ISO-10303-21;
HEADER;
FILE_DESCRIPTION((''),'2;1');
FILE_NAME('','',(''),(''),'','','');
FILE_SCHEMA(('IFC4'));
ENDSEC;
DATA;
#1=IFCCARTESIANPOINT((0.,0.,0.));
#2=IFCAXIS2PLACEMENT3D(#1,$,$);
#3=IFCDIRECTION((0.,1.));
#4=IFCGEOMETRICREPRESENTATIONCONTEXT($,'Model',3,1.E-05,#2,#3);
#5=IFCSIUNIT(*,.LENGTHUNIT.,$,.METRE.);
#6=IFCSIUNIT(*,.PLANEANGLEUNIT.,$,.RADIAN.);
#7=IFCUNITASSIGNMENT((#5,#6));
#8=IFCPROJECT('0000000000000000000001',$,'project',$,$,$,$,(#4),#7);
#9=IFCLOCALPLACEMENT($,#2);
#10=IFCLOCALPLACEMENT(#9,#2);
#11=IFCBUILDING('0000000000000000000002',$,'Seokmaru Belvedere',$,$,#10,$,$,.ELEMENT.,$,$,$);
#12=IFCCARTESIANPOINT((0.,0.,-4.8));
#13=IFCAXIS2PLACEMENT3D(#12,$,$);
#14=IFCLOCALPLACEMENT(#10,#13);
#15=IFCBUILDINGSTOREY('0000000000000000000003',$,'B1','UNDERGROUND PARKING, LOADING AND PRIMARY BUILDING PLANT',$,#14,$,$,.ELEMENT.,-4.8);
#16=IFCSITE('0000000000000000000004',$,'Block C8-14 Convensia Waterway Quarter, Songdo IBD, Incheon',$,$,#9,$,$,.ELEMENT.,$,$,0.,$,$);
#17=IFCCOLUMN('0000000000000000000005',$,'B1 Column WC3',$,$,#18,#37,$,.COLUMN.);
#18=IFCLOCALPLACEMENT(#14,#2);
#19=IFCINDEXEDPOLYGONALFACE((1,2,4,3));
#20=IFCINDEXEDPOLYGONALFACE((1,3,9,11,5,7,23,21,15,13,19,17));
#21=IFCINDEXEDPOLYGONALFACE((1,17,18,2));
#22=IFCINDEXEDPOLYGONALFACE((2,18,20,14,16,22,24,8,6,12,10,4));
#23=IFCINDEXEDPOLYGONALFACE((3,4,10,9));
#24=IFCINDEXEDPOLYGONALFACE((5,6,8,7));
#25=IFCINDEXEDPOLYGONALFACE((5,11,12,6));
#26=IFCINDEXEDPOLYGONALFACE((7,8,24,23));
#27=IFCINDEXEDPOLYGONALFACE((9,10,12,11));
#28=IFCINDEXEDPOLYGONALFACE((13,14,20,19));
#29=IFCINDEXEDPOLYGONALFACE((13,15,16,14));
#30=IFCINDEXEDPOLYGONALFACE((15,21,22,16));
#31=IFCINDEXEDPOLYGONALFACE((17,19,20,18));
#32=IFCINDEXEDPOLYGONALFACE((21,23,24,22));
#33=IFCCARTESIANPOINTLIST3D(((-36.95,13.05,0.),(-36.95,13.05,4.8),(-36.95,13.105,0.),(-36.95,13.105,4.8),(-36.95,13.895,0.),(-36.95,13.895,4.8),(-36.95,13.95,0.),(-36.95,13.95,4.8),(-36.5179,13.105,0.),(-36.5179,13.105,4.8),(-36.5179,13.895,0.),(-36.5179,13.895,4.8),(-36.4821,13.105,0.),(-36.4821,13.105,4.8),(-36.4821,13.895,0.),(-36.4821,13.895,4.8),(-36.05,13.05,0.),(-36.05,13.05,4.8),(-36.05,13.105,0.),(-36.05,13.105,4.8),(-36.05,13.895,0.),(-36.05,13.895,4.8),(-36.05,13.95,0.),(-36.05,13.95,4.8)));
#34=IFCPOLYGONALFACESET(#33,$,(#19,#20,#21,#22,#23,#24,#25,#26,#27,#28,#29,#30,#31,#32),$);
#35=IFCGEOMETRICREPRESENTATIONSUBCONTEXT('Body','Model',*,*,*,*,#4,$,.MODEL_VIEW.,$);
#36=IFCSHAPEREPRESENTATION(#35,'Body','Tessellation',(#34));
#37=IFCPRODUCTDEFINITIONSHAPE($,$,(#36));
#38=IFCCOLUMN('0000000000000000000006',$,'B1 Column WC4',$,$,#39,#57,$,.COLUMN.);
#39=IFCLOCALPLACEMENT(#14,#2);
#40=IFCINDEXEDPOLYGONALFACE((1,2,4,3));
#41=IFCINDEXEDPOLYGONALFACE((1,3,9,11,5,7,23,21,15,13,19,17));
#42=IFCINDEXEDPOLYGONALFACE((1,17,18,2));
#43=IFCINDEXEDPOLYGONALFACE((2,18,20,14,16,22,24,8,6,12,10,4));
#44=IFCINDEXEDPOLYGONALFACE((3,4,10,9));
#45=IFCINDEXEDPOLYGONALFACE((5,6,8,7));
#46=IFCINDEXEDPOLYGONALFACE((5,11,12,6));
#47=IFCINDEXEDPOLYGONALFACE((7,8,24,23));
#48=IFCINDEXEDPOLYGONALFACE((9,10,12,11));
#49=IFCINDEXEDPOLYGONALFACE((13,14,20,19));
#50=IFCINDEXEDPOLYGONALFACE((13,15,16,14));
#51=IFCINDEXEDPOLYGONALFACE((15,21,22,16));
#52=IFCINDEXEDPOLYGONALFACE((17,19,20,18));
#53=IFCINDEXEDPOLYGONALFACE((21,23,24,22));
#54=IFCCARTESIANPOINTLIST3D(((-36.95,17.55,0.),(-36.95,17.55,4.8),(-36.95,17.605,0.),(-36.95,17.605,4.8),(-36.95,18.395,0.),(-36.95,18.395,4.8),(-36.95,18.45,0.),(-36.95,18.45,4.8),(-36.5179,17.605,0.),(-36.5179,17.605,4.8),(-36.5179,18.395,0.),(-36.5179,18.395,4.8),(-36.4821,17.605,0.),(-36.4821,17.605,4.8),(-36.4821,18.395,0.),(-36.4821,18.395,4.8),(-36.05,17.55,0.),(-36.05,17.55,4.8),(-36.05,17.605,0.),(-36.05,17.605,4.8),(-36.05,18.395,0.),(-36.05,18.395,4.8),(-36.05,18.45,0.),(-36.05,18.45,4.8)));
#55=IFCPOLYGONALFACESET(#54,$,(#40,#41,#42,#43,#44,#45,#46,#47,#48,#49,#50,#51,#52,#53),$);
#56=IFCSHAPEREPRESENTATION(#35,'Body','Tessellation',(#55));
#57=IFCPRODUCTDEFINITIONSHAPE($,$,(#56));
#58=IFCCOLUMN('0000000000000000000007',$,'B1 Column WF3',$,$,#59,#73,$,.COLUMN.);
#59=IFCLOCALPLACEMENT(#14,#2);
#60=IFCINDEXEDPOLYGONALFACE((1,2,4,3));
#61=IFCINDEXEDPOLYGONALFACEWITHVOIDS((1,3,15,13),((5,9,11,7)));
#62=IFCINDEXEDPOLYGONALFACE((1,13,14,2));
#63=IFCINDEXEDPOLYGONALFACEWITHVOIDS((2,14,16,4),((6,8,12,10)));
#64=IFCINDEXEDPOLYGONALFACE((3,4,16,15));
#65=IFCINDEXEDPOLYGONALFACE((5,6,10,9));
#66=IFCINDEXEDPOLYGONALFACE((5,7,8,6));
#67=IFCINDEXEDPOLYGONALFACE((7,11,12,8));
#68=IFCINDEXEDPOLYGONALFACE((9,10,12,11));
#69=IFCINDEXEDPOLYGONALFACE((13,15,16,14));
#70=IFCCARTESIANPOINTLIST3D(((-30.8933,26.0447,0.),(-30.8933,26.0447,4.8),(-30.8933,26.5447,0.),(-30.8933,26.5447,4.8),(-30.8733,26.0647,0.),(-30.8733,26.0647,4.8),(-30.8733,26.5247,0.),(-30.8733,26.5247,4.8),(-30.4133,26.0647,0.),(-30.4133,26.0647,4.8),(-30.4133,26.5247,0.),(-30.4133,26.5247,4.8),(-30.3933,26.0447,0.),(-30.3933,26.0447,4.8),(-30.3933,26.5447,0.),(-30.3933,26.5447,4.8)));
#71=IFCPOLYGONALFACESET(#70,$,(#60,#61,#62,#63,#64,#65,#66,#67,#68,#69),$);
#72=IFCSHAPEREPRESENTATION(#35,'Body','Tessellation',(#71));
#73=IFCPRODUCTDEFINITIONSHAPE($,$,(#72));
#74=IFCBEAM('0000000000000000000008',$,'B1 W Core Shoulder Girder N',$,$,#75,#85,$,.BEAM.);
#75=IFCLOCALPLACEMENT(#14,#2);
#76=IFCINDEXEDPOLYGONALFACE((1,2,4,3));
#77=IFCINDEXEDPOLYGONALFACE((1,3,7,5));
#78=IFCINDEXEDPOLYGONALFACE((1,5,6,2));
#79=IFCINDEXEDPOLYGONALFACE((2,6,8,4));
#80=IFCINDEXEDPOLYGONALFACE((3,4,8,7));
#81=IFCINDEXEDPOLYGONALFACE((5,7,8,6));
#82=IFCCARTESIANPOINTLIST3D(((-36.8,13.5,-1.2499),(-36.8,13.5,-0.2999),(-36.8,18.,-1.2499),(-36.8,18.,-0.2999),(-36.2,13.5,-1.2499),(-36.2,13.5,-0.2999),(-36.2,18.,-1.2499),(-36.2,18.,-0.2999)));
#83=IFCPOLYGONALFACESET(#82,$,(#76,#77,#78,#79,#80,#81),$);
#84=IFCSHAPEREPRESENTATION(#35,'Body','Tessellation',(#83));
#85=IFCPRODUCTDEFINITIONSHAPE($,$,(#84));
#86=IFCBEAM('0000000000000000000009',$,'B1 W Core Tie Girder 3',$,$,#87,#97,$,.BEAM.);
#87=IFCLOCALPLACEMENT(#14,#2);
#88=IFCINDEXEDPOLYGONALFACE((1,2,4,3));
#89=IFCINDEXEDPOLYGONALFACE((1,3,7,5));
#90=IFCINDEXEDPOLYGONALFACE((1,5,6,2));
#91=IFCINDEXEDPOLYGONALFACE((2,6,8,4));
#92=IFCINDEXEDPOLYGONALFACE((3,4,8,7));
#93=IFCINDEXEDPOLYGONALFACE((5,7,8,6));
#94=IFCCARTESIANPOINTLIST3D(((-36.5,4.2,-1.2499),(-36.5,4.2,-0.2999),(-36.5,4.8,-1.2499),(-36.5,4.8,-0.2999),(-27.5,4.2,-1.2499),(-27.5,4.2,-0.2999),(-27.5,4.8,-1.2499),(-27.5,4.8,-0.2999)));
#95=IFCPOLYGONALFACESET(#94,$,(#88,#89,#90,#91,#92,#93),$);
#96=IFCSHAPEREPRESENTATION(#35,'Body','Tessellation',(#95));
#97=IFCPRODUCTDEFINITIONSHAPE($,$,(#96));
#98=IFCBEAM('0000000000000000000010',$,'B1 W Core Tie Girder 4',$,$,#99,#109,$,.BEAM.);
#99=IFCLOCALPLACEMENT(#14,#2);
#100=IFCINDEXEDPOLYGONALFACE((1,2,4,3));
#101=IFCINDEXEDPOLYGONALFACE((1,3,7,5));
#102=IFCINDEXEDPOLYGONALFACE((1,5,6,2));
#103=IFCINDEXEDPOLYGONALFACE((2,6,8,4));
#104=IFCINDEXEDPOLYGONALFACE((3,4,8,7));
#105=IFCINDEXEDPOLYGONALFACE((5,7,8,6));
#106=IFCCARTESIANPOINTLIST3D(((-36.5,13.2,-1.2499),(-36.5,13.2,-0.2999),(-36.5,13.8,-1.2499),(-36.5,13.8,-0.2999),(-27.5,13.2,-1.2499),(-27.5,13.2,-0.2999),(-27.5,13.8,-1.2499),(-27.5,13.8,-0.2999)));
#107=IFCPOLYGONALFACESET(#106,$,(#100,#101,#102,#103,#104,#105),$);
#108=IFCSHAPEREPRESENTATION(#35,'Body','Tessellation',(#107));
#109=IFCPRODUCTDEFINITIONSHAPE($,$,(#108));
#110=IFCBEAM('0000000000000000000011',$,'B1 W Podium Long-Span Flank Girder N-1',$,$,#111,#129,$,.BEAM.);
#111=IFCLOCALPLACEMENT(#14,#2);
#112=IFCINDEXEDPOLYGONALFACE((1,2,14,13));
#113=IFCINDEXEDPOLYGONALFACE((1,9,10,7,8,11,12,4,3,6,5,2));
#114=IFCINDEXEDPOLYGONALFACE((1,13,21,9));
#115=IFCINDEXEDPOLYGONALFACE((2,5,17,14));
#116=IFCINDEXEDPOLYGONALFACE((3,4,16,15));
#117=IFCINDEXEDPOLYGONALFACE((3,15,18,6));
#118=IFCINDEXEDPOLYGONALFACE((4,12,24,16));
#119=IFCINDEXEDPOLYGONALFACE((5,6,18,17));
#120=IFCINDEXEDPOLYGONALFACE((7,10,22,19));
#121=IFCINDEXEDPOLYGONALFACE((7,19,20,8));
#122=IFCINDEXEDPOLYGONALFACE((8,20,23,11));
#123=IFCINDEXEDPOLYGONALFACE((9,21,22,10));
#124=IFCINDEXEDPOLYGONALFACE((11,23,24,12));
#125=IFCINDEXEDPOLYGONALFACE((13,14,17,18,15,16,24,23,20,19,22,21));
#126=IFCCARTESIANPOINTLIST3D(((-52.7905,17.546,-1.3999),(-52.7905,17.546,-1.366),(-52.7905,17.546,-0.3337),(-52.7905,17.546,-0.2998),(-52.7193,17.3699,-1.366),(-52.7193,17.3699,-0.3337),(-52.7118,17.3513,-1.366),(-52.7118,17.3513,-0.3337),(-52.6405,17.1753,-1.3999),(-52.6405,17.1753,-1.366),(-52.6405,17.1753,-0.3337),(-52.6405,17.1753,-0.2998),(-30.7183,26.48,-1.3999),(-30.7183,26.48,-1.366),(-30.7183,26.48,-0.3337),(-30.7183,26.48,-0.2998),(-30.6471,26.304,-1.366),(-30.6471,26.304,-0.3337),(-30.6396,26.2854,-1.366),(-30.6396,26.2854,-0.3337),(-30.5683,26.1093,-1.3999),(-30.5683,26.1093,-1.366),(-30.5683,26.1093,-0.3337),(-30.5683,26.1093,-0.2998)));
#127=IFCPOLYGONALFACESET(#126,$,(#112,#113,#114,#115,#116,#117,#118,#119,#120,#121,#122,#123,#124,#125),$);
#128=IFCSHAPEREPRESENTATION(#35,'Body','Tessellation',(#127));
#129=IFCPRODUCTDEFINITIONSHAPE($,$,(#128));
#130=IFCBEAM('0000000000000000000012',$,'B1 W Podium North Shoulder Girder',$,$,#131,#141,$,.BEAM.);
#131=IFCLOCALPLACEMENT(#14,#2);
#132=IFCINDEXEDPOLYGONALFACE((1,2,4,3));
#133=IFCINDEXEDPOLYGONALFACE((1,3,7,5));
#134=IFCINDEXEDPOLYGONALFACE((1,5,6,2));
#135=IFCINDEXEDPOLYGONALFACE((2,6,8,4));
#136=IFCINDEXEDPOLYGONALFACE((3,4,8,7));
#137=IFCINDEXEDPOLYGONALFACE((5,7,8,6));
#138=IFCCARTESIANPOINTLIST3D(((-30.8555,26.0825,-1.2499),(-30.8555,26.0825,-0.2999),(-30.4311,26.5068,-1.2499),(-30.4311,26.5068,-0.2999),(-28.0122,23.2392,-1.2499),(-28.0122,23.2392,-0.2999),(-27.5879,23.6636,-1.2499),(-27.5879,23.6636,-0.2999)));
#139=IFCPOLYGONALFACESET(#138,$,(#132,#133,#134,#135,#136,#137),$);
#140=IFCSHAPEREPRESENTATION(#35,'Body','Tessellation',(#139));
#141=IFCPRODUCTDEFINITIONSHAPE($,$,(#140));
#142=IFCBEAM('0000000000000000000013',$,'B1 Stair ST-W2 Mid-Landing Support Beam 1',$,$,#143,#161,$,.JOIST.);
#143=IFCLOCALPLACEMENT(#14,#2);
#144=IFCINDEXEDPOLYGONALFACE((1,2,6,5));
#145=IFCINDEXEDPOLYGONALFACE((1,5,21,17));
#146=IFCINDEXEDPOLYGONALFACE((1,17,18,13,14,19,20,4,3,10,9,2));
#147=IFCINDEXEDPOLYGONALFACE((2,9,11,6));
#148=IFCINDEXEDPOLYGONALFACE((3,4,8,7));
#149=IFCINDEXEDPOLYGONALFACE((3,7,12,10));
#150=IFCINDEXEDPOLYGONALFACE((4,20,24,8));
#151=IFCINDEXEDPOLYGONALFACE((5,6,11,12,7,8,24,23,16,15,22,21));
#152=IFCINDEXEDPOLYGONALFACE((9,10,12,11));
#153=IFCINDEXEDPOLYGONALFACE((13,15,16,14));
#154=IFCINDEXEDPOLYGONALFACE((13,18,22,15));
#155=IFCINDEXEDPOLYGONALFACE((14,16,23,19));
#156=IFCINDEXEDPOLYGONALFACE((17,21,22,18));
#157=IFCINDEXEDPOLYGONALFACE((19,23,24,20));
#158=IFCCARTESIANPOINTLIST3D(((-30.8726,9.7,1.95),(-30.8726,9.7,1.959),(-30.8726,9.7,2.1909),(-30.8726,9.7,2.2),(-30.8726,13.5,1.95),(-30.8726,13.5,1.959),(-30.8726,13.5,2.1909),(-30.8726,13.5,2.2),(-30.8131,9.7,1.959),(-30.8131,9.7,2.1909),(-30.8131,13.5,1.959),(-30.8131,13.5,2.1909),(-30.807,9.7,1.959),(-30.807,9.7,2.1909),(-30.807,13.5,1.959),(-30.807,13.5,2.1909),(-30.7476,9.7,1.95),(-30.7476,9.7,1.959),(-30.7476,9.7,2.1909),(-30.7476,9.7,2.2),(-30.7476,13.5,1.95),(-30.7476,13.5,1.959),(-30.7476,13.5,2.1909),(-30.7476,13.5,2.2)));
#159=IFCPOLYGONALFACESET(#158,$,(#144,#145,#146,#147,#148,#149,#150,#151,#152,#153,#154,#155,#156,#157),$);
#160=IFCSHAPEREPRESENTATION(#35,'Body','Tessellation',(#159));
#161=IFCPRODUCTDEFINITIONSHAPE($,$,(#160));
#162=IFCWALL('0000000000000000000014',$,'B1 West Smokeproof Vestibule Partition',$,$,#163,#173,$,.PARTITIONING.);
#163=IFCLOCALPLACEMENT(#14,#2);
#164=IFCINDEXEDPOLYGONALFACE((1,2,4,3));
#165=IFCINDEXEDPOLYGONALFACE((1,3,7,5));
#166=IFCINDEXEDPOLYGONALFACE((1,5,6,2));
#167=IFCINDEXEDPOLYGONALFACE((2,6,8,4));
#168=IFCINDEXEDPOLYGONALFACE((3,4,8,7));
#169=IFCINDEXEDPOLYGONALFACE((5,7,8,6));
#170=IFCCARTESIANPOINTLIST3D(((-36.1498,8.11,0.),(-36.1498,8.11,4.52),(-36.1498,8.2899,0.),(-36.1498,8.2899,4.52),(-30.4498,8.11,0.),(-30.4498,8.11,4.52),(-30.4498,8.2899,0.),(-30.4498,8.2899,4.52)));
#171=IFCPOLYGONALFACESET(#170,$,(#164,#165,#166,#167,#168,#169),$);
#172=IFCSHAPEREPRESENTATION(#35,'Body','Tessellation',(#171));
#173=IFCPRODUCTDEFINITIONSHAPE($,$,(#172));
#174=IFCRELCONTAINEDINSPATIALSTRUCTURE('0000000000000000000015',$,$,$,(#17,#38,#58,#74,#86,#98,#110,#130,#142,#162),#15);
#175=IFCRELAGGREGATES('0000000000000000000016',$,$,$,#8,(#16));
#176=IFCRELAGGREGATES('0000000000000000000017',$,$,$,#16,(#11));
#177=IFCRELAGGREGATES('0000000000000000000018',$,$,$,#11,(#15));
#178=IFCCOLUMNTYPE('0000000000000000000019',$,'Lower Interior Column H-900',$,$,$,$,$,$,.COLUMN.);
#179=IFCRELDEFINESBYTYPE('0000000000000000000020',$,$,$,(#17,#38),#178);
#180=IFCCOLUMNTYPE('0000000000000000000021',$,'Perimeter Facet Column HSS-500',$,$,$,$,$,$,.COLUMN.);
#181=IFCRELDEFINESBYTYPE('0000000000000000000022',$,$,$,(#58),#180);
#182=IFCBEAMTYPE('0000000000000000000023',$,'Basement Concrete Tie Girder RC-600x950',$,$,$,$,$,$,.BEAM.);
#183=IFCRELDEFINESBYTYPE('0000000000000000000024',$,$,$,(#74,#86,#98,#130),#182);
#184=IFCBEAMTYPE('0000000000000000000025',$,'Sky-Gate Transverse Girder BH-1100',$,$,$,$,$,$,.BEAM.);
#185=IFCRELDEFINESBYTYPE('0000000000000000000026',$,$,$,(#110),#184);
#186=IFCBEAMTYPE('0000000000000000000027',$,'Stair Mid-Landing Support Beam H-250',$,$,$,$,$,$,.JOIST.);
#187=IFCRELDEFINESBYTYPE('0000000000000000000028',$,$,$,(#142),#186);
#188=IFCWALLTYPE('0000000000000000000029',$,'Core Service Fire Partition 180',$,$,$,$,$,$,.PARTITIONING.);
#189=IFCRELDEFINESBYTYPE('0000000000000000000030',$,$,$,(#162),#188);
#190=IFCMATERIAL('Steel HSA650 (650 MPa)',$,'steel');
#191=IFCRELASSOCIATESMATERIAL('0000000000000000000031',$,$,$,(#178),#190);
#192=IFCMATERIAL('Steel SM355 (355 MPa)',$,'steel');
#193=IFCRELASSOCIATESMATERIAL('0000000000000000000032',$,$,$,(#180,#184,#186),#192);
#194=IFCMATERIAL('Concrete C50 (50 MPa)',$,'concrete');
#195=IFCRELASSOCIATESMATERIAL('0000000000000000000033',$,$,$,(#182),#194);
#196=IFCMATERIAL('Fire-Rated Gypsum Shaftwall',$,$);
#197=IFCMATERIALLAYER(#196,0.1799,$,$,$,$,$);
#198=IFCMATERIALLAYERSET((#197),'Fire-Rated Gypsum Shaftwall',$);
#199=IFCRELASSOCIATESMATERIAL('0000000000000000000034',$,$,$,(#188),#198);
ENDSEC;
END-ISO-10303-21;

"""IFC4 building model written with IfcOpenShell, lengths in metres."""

from ifc_helpers import new_model, si_unit, direction, frame, frame_2d, origin, origin_2d, place, context, subcontext, project, spatial, rectangle, hollow_rectangle, i_section, extrude, source, transform, mapped, material, layer, layer_set, material_profile, profile_set, type_object, type_shapes, element, save


model = new_model("IFC4")

# Units and contexts
model_context = context("Model", 3, precision=1e-05, world=origin(), true_north=direction((0.0, 1.0)))
body_context = subcontext(model_context, "Body", "Model", "MODEL_VIEW")
ifc_project = project(units=[si_unit("LENGTHUNIT", "METRE"), si_unit("PLANEANGLEUNIT", "RADIAN")], contexts=[model_context])

# Site, building, storey
site_placement = place(None, origin())
site = spatial("IfcSite", under=ifc_project, at=site_placement, Name="Block C8-14 Convensia Waterway Quarter, Songdo IBD, Incheon", CompositionType="ELEMENT", RefElevation=0.0)
building_placement = place(site_placement, origin())
building = spatial("IfcBuilding", under=site, at=building_placement, Name="Seokmaru Belvedere", CompositionType="ELEMENT")
storey_placement = place(building_placement, frame((0.0, 0.0, -4.8)))
storey = spatial("IfcBuildingStorey", under=building, at=storey_placement, Name="B1", Description="UNDERGROUND PARKING, LOADING AND PRIMARY BUILDING PLANT", CompositionType="ELEMENT", Elevation=-4.8)

# Columns
ifc_material_1 = material(Name="Steel HSA650 (650 MPa)", Category="steel")
ifc_material_profile_1 = material_profile(ifc_material_1, i_section(OverallWidth=0.8999, OverallDepth=0.8999, WebThickness=0.0359, FlangeThickness=0.0549, at=origin_2d()), Name="H-900x900x36x55")
ifc_profile_set_1 = profile_set([ifc_material_profile_1], Name="Steel HSA650 (650 MPa)")
column_type_1 = type_object("IfcColumnType", Name="Lower Interior Column H-900", PredefinedType="COLUMN", material=ifc_profile_set_1)
shared_shape_1 = source(origin(), body_context, "Body", "SweptSolid", [
    extrude(i_section(OverallWidth=0.8999, OverallDepth=0.8999, WebThickness=0.0359, FlangeThickness=0.0549, at=origin_2d()), origin(), (0.0, 0.0, 1.0), 4.8),
])
type_shapes(column_type_1, [shared_shape_1])
for number, where, z_axis, x_axis, name in (
    (1, (-36.5, 13.5, 0.0), (0.0, 0.0, 1.0), (1.0, 0.0, 0.0), "B1 Column WC3"),
    (2, (-36.5, 18.0, 0.0), (0.0, 0.0, 1.0), (1.0, 0.0, 0.0), "B1 Column WC4"),
):
    element("IfcColumn", number, at=place(storey_placement, frame(where, z_axis=z_axis, x_axis=x_axis)), inside=storey, type_object=column_type_1, Name=name, PredefinedType="COLUMN", context=body_context, shape_type="MappedRepresentation", body=[
        mapped(shared_shape_1, transform((0.0, 0.0, 0.0), scale=1.0)),
    ])
ifc_material_2 = material(Name="Steel SM355 (355 MPa)", Category="steel")
ifc_material_profile_2 = material_profile(ifc_material_2, hollow_rectangle(XDim=0.5, YDim=0.5, WallThickness=0.02, at=origin_2d()), Name="HSS-500x500x20")
ifc_profile_set_2 = profile_set([ifc_material_profile_2], Name="Steel SM355 (355 MPa)")
column_type_2 = type_object("IfcColumnType", Name="Perimeter Facet Column HSS-500", PredefinedType="COLUMN", material=ifc_profile_set_2)
shared_shape_2 = source(origin(), body_context, "Body", "SweptSolid", [
    extrude(hollow_rectangle(XDim=0.5, YDim=0.5, WallThickness=0.02, at=origin_2d()), origin(), (0.0, 0.0, 1.0), 4.8),
])
type_shapes(column_type_2, [shared_shape_2])
column_placement = place(storey_placement, frame((-30.6433, 26.2947, 0.0), z_axis=(0.0, 0.0, 1.0), x_axis=(1.0, 0.0, 0.0)))
element("IfcColumn", 3, at=column_placement, inside=storey, type_object=column_type_2, Name="B1 Column WF3", PredefinedType="COLUMN", context=body_context, shape_type="MappedRepresentation", body=[
    mapped(shared_shape_2, transform((0.0, 0.0, 0.0), scale=1.0)),
])

# Beams
ifc_material_3 = material(Name="Concrete C50 (50 MPa)", Category="concrete")
ifc_material_profile_3 = material_profile(ifc_material_3, rectangle(XDim=0.6001, YDim=0.95, at=origin_2d()), Name="RC-600x950")
ifc_profile_set_3 = profile_set([ifc_material_profile_3], Name="Concrete C50 (50 MPa)")
beam_type_1 = type_object("IfcBeamType", Name="Basement Concrete Tie Girder RC-600x950", PredefinedType="BEAM", material=ifc_profile_set_3)
shared_shape_3 = source(origin(), body_context, "Body", "SweptSolid", [
    extrude(rectangle(XDim=0.6001, YDim=0.95, at=origin_2d()), origin(), (0.0, 0.0, 1.0), 4.5),
])
beam_1_placement = place(storey_placement, frame((-36.5, 13.5, -0.7749), z_axis=(0.0, 1.0, 0.0), x_axis=(-1.0, 0.0, 0.0)))
element("IfcBeam", 4, at=beam_1_placement, inside=storey, type_object=beam_type_1, Name="B1 W Core Shoulder Girder N", PredefinedType="BEAM", context=body_context, shape_type="MappedRepresentation", body=[
    mapped(shared_shape_3, transform((0.0, 0.0, 0.0), scale=1.0)),
])
shared_shape_4 = source(origin(), body_context, "Body", "SweptSolid", [
    extrude(rectangle(XDim=0.6001, YDim=0.95, at=origin_2d()), origin(), (0.0, 0.0, 1.0), 9.0),
])
for number, where, z_axis, x_axis, name in (
    (5, (-36.5, 4.5, -0.7749), (1.0, 0.0, 0.0), (0.0, 1.0, 0.0), "B1 W Core Tie Girder 3"),
    (6, (-36.5, 13.5, -0.7749), (1.0, 0.0, 0.0), (0.0, 1.0, 0.0), "B1 W Core Tie Girder 4"),
):
    element("IfcBeam", number, at=place(storey_placement, frame(where, z_axis=z_axis, x_axis=x_axis)), inside=storey, type_object=beam_type_1, Name=name, PredefinedType="BEAM", context=body_context, shape_type="MappedRepresentation", body=[
        mapped(shared_shape_4, transform((0.0, 0.0, 0.0), scale=1.0)),
    ])
ifc_material_profile_4 = material_profile(ifc_material_2, i_section(OverallWidth=0.3999, OverallDepth=1.1001, WebThickness=0.02, FlangeThickness=0.0339, at=origin_2d()), Name="BH-1100x400x20x34")
ifc_profile_set_4 = profile_set([ifc_material_profile_4], Name="Steel SM355 (355 MPa)")
beam_type_2 = type_object("IfcBeamType", Name="Sky-Gate Transverse Girder BH-1100", PredefinedType="BEAM", material=ifc_profile_set_4)
shared_shape_5 = source(origin(), body_context, "Body", "SweptSolid", [
    extrude(i_section(OverallWidth=0.3999, OverallDepth=1.1001, WebThickness=0.02, FlangeThickness=0.0339, at=origin_2d()), origin(), (0.0, 0.0, 1.0), 23.8118),
])
type_shapes(beam_type_2, [shared_shape_5])
beam_2_placement = place(storey_placement, frame((-30.6433, 26.2947, -0.8499), z_axis=(-0.926946, -0.375195, 0.0), x_axis=(0.375195, -0.926946, 0.0)))
element("IfcBeam", 7, at=beam_2_placement, inside=storey, type_object=beam_type_2, Name="B1 W Podium Long-Span Flank Girder N-1", PredefinedType="BEAM", context=body_context, shape_type="MappedRepresentation", body=[
    mapped(shared_shape_5, transform((0.0, 0.0, 0.0), scale=1.0)),
])
shared_shape_6 = source(origin(), body_context, "Body", "SweptSolid", [
    extrude(rectangle(XDim=0.6001, YDim=0.95, at=origin_2d()), origin(), (0.0, 0.0, 1.0), 4.021),
])
type_shapes(beam_type_1, [shared_shape_3, shared_shape_4, shared_shape_6])
beam_3_placement = place(storey_placement, frame((-30.6433, 26.2947, -0.7749), z_axis=(0.707107, -0.707107, 0.0), x_axis=(0.707107, 0.707107, 0.0)))
element("IfcBeam", 8, at=beam_3_placement, inside=storey, type_object=beam_type_1, Name="B1 W Podium North Shoulder Girder", PredefinedType="BEAM", context=body_context, shape_type="MappedRepresentation", body=[
    mapped(shared_shape_6, transform((0.0, 0.0, 0.0), scale=1.0)),
])
ifc_material_profile_5 = material_profile(ifc_material_2, i_section(OverallWidth=0.125, OverallDepth=0.25, WebThickness=0.0061, FlangeThickness=0.009, at=origin_2d()), Name="H-250x125x6x9")
ifc_profile_set_5 = profile_set([ifc_material_profile_5], Name="Steel SM355 (355 MPa)")
beam_type_3 = type_object("IfcBeamType", Name="Stair Mid-Landing Support Beam H-250", PredefinedType="JOIST", material=ifc_profile_set_5)
shared_shape_7 = source(origin(), body_context, "Body", "SweptSolid", [
    extrude(i_section(OverallWidth=0.125, OverallDepth=0.25, WebThickness=0.0061, FlangeThickness=0.009, at=origin_2d()), origin(), (0.0, 0.0, 1.0), 3.8),
])
type_shapes(beam_type_3, [shared_shape_7])
beam_4_placement = place(storey_placement, frame((-30.8101, 9.7, 2.075), z_axis=(0.0, 1.0, 0.0), x_axis=(-1.0, 0.0, 0.0)))
element("IfcBeam", 9, at=beam_4_placement, inside=storey, type_object=beam_type_3, Name="B1 Stair ST-W2 Mid-Landing Support Beam 1", PredefinedType="JOIST", context=body_context, shape_type="MappedRepresentation", body=[
    mapped(shared_shape_7, transform((0.0, 0.0, 0.0), scale=1.0)),
])

# Wall
ifc_material_4 = material(Name="Fire-Rated Gypsum Shaftwall")
ifc_layer_1 = layer(ifc_material_4, 0.1799)
ifc_layer_set_1 = layer_set([ifc_layer_1], Name="Fire-Rated Gypsum Shaftwall")
wall_type_1 = type_object("IfcWallType", Name="Core Service Fire Partition 180", PredefinedType="PARTITIONING", material=ifc_layer_set_1)
wall_1_placement = place(storey_placement, frame((-36.1499, 8.2, 0.0), z_axis=(0.0, 0.0, 1.0), x_axis=(1.0, 0.0, 0.0)))
element("IfcWall", 10, at=wall_1_placement, inside=storey, type_object=wall_type_1, Name="B1 West Smokeproof Vestibule Partition", PredefinedType="PARTITIONING", context=body_context, shape_type="SweptSolid", body=[
    extrude(rectangle(XDim=5.7, YDim=0.1799, at=frame_2d((2.8501, 0.0))), origin(), (0.0, 0.0, 1.0), 4.52),
])

save(model, "model.ifc")
